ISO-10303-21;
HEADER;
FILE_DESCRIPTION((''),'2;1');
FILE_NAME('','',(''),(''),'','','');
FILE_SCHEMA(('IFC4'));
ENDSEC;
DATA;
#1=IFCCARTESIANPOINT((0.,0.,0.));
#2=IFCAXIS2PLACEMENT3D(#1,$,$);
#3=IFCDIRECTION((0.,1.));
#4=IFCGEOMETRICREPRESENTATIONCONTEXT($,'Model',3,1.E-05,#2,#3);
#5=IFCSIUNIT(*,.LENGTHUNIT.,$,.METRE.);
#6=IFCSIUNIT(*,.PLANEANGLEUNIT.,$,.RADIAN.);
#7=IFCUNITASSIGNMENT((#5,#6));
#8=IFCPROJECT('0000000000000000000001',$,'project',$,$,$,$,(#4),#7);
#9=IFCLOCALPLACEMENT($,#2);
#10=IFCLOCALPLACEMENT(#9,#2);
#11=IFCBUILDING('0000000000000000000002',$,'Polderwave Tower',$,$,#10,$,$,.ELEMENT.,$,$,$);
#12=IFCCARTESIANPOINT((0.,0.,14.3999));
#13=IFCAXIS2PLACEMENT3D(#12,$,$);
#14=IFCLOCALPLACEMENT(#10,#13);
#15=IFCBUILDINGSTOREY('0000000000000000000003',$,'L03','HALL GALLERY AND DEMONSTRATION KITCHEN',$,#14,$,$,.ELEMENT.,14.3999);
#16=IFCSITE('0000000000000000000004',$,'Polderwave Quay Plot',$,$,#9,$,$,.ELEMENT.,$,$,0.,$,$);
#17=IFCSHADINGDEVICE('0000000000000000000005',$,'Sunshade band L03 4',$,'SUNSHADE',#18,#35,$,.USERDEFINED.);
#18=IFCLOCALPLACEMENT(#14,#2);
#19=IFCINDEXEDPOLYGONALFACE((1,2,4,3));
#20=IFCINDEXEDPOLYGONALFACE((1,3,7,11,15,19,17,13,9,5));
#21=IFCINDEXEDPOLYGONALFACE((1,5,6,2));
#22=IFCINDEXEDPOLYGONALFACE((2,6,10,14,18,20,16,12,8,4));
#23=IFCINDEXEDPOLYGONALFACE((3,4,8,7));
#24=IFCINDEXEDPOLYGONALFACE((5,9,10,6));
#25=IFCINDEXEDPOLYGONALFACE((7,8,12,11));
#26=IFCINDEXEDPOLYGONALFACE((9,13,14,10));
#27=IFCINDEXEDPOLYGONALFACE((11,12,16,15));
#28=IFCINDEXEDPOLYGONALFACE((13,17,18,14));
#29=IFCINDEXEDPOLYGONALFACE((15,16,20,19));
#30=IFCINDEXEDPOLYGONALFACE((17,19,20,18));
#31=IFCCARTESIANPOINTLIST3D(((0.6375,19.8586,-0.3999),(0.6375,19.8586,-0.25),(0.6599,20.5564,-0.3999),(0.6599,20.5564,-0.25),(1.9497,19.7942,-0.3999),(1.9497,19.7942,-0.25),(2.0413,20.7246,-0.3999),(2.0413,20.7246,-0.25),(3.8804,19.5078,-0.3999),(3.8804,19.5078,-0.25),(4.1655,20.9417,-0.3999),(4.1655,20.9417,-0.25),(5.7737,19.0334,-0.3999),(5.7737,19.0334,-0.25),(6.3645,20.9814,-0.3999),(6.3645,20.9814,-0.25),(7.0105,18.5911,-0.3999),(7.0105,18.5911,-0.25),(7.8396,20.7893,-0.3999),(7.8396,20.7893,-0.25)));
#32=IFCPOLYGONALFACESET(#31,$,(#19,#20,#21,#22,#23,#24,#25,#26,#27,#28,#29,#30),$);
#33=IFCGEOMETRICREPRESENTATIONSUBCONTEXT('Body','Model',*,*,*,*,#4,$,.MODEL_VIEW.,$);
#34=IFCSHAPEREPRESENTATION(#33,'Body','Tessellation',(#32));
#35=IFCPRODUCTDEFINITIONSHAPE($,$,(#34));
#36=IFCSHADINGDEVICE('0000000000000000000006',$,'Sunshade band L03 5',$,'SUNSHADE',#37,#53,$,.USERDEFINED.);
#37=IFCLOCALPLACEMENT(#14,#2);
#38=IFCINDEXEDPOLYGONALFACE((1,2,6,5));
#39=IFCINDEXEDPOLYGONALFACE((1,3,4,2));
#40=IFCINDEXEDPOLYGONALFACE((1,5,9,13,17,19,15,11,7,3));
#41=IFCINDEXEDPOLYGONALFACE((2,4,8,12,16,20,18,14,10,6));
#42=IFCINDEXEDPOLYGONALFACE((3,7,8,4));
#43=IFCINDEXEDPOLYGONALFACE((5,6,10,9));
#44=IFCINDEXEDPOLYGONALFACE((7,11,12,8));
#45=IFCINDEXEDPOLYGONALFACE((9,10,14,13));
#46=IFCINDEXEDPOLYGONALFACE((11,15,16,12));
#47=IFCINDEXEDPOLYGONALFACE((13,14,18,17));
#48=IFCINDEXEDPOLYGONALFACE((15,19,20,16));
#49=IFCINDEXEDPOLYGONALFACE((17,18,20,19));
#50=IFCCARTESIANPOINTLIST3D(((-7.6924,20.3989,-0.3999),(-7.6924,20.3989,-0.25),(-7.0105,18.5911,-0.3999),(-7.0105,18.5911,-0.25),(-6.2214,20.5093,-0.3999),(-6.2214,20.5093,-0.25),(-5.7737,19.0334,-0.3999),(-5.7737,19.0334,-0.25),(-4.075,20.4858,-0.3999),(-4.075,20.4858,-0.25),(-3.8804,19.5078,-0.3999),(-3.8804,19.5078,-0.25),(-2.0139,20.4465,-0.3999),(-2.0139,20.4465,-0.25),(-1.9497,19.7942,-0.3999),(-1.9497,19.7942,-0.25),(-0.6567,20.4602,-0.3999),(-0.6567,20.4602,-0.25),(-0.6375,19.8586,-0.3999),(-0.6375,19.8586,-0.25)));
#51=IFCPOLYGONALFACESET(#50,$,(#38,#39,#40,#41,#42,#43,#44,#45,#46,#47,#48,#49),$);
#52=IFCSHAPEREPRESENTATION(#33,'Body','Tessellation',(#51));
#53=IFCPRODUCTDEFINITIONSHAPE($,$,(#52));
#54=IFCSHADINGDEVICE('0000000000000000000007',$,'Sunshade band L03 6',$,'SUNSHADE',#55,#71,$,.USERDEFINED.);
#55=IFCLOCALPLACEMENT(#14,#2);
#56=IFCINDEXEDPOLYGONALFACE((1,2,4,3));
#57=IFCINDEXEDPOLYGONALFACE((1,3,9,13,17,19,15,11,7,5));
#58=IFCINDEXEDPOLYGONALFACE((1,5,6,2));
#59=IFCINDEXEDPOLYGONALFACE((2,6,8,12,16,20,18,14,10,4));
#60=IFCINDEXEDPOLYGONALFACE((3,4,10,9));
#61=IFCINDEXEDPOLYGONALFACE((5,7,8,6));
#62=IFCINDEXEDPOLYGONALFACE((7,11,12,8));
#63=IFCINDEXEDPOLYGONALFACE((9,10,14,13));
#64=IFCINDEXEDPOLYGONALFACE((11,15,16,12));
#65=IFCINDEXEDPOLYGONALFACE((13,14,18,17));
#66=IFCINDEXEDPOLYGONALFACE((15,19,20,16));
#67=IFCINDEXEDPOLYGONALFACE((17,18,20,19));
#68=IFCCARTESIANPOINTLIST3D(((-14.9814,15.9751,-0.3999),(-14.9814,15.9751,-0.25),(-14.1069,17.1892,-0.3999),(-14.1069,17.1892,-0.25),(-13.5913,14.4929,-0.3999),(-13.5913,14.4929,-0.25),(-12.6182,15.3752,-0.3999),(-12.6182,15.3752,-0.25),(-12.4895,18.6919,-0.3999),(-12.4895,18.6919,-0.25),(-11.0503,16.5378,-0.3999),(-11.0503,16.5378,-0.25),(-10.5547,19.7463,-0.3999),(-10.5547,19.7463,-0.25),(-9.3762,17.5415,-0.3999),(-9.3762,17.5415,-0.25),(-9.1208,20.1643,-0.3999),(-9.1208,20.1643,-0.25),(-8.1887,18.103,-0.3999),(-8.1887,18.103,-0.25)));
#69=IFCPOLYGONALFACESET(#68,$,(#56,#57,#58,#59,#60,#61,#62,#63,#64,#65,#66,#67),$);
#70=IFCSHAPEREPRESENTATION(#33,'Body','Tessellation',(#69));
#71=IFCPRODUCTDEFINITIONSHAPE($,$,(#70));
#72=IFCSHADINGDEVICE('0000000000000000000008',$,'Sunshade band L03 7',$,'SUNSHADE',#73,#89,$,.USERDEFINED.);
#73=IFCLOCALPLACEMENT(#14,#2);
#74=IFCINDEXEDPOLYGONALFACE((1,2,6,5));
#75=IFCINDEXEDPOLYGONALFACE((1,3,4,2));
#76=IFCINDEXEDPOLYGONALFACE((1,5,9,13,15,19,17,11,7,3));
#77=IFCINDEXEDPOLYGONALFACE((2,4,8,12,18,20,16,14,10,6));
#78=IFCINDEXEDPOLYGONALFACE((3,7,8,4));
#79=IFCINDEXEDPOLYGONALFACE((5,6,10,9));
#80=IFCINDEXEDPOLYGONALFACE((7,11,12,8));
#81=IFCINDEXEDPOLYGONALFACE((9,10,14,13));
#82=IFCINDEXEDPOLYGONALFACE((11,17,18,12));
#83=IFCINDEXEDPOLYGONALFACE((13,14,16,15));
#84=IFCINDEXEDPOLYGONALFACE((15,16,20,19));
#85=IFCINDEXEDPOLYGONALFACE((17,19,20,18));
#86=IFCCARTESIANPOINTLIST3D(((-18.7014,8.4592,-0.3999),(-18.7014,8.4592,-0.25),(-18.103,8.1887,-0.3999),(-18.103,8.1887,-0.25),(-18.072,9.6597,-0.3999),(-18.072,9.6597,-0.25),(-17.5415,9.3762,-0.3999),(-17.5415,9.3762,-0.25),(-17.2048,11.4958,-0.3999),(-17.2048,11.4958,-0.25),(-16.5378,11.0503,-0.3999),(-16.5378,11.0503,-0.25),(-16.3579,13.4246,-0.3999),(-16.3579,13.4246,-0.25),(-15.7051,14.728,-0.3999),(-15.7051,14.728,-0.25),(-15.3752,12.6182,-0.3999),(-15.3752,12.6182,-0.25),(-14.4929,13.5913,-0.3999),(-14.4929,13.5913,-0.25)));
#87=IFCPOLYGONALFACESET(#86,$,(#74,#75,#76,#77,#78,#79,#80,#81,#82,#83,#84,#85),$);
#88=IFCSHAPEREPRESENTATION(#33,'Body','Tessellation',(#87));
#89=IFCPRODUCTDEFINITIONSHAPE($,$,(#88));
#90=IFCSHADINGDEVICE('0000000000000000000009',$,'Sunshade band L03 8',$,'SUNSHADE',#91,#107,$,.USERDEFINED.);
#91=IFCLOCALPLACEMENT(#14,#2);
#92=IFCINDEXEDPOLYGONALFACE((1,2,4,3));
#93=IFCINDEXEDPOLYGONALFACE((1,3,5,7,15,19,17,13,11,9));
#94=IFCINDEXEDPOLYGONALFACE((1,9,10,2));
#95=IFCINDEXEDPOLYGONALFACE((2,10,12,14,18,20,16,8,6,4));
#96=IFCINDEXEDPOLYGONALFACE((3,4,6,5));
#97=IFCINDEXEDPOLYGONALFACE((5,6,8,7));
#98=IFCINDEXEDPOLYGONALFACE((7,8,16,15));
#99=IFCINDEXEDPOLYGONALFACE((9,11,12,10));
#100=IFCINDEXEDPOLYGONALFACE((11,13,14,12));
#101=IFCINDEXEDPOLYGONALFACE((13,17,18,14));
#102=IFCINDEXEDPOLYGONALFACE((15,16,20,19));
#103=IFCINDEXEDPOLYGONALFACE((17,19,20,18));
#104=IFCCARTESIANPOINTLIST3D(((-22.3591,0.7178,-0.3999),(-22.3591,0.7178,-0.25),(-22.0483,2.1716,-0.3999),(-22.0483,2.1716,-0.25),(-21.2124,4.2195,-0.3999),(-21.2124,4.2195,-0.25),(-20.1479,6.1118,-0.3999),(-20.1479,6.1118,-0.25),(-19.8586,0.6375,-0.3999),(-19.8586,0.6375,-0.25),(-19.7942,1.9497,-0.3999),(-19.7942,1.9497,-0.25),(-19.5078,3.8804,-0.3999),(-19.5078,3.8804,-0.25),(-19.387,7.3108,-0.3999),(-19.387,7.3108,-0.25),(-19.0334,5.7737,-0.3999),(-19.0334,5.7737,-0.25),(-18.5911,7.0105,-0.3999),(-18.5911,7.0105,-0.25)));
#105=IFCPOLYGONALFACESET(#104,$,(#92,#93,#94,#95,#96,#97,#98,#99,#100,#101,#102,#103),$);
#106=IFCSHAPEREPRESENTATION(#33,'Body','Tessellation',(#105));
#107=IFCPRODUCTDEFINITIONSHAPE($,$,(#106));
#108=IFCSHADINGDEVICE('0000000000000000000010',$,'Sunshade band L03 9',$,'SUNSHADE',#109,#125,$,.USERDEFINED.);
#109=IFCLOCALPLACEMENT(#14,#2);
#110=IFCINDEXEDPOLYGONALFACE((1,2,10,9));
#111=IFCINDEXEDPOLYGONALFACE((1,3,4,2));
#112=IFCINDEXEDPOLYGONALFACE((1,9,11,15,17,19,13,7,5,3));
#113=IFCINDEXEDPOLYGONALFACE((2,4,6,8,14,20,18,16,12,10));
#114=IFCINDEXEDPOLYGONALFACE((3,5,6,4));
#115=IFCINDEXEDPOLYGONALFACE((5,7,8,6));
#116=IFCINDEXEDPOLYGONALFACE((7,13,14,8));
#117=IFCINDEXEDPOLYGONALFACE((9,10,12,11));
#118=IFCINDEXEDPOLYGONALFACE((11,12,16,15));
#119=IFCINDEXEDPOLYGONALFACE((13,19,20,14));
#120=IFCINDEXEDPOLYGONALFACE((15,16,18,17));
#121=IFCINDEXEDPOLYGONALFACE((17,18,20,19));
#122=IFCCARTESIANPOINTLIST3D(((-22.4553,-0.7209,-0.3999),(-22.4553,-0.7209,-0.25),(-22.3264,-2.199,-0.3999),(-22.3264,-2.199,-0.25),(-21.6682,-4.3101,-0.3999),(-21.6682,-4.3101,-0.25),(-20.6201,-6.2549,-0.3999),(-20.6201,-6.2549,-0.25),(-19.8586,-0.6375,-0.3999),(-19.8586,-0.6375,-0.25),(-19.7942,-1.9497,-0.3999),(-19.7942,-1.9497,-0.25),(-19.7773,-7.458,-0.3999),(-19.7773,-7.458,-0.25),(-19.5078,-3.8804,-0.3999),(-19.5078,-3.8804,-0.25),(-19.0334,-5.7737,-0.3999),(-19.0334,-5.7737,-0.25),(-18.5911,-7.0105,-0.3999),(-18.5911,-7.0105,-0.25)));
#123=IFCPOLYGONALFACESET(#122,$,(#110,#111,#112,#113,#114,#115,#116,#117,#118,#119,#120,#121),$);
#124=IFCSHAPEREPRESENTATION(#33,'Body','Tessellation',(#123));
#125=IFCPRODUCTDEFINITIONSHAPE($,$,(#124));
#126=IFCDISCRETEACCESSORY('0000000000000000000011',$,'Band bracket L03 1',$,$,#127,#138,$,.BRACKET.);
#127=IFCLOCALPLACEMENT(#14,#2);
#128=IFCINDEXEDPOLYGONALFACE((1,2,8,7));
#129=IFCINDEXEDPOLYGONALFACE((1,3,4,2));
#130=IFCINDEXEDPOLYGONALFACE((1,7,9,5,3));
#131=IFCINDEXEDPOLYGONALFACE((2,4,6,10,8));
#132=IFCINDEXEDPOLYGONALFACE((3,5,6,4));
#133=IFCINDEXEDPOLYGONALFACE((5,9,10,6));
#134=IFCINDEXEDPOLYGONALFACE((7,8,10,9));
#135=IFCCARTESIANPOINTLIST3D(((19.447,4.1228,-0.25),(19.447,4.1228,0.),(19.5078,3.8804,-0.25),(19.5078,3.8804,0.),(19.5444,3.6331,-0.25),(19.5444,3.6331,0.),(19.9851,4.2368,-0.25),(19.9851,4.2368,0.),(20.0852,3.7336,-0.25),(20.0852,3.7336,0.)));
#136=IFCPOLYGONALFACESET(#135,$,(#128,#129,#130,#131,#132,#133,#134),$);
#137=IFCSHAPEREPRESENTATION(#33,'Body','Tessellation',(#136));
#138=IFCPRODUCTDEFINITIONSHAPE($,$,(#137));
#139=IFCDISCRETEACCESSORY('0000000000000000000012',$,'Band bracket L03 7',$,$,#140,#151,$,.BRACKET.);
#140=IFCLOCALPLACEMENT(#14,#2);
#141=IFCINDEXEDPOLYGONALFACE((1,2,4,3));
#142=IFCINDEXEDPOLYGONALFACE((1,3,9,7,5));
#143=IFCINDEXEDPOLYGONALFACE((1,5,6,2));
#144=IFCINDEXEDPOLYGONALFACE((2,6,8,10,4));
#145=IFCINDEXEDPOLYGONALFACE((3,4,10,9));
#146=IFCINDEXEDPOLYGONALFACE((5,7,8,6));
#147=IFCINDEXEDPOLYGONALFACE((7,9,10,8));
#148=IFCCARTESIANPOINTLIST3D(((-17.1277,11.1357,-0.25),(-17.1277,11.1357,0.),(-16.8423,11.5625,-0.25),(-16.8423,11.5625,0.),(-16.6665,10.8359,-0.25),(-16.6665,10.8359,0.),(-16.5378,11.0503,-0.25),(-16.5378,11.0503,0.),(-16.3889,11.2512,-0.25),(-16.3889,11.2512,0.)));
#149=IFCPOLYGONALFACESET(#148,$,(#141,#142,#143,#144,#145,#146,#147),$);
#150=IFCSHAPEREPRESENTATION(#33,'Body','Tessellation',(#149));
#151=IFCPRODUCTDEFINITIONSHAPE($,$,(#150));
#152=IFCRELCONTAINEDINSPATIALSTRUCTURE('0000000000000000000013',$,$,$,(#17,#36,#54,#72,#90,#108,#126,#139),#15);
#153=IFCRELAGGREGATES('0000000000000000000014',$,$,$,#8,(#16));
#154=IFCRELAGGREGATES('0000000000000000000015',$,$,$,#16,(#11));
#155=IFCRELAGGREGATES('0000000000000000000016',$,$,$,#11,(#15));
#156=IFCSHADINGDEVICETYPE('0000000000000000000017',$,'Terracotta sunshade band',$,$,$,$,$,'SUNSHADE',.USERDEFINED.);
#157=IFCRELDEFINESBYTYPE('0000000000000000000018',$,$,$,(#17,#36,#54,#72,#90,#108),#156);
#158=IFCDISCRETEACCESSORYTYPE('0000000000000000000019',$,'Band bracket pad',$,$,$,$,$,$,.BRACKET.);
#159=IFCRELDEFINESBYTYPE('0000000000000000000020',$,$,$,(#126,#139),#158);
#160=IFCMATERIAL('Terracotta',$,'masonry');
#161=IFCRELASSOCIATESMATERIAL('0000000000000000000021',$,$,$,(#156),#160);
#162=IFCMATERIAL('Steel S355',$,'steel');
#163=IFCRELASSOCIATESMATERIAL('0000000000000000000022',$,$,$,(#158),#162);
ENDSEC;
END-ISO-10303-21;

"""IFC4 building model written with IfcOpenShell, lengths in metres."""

from ifc_helpers import new_model, si_unit, direction, frame, origin, place, context, subcontext, project, spatial, polyline, outline, extrude, material, type_object, element, save


model = new_model("IFC4")

# Units and contexts
model_context = context("Model", 3, precision=1e-05, world=origin(), true_north=direction((0.0, 1.0)))
body_context = subcontext(model_context, "Body", "Model", "MODEL_VIEW")
ifc_project = project(units=[si_unit("LENGTHUNIT", "METRE"), si_unit("PLANEANGLEUNIT", "RADIAN")], contexts=[model_context])

# Site, building, storey
site_placement = place(None, origin())
site = spatial("IfcSite", under=ifc_project, at=site_placement, Name="Polderwave Quay Plot", CompositionType="ELEMENT", RefElevation=0.0)
building_placement = place(site_placement, origin())
building = spatial("IfcBuilding", under=site, at=building_placement, Name="Polderwave Tower", CompositionType="ELEMENT")
storey_placement = place(building_placement, frame((0.0, 0.0, 14.3999)))
storey = spatial("IfcBuildingStorey", under=building, at=storey_placement, Name="L03", Description="HALL GALLERY AND DEMONSTRATION KITCHEN", CompositionType="ELEMENT", Elevation=14.3999)

# Shading devices
ifc_material_1 = material(Name="Terracotta", Category="masonry")
shading_device_type = type_object("IfcShadingDeviceType", Name="Terracotta sunshade band", ElementType="SUNSHADE", PredefinedType="USERDEFINED", material=ifc_material_1)
shading_device_1_placement = place(storey_placement, frame((0.0, 0.0, -0.3999)))
element("IfcShadingDevice", 1, at=shading_device_1_placement, inside=storey, type_object=shading_device_type, Name="Sunshade band L03 4", ObjectType="SUNSHADE", PredefinedType="USERDEFINED", context=body_context, shape_type="SweptSolid", body=[
    extrude(outline(polyline([(7.0105, 18.5911), (5.7737, 19.0334), (3.8804, 19.5078), (1.9497, 19.7942), (0.6375, 19.8586), (0.6599, 20.5564), (2.0413, 20.7246), (4.1655, 20.9417), (6.3645, 20.9814), (7.8396, 20.7893), (7.0105, 18.5911)])), origin(), (0.0, 0.0, 1.0), 0.1499),
])
shading_device_2_placement = place(storey_placement, frame((0.0, 0.0, -0.3999)))
element("IfcShadingDevice", 2, at=shading_device_2_placement, inside=storey, type_object=shading_device_type, Name="Sunshade band L03 5", ObjectType="SUNSHADE", PredefinedType="USERDEFINED", context=body_context, shape_type="SweptSolid", body=[
    extrude(outline(polyline([(-0.6375, 19.8586), (-1.9497, 19.7942), (-3.8804, 19.5078), (-5.7737, 19.0334), (-7.0105, 18.5911), (-7.6924, 20.3989), (-6.2214, 20.5093), (-4.075, 20.4858), (-2.0139, 20.4465), (-0.6567, 20.4602), (-0.6375, 19.8586)])), origin(), (0.0, 0.0, 1.0), 0.1499),
])
shading_device_3_placement = place(storey_placement, frame((0.0, 0.0, -0.3999)))
element("IfcShadingDevice", 3, at=shading_device_3_placement, inside=storey, type_object=shading_device_type, Name="Sunshade band L03 6", ObjectType="SUNSHADE", PredefinedType="USERDEFINED", context=body_context, shape_type="SweptSolid", body=[
    extrude(outline(polyline([(-8.1887, 18.103), (-9.3762, 17.5415), (-11.0503, 16.5378), (-12.6182, 15.3752), (-13.5913, 14.4929), (-14.9814, 15.9751), (-14.1069, 17.1892), (-12.4895, 18.6919), (-10.5547, 19.7463), (-9.1208, 20.1643), (-8.1887, 18.103)])), origin(), (0.0, 0.0, 1.0), 0.1499),
])
shading_device_4_placement = place(storey_placement, frame((0.0, 0.0, -0.3999)))
element("IfcShadingDevice", 4, at=shading_device_4_placement, inside=storey, type_object=shading_device_type, Name="Sunshade band L03 7", ObjectType="SUNSHADE", PredefinedType="USERDEFINED", context=body_context, shape_type="SweptSolid", body=[
    extrude(outline(polyline([(-14.4929, 13.5913), (-15.3752, 12.6182), (-16.5378, 11.0503), (-17.5415, 9.3762), (-18.103, 8.1887), (-18.7014, 8.4592), (-18.072, 9.6597), (-17.2048, 11.4958), (-16.3579, 13.4246), (-15.7051, 14.728), (-14.4929, 13.5913)])), origin(), (0.0, 0.0, 1.0), 0.1499),
])
shading_device_5_placement = place(storey_placement, frame((0.0, 0.0, -0.3999)))
element("IfcShadingDevice", 5, at=shading_device_5_placement, inside=storey, type_object=shading_device_type, Name="Sunshade band L03 8", ObjectType="SUNSHADE", PredefinedType="USERDEFINED", context=body_context, shape_type="SweptSolid", body=[
    extrude(outline(polyline([(-18.5911, 7.0105), (-19.0334, 5.7737), (-19.5078, 3.8804), (-19.7942, 1.9497), (-19.8586, 0.6375), (-22.3591, 0.7178), (-22.0483, 2.1716), (-21.2124, 4.2195), (-20.1479, 6.1118), (-19.387, 7.3108), (-18.5911, 7.0105)])), origin(), (0.0, 0.0, 1.0), 0.1499),
])
shading_device_6_placement = place(storey_placement, frame((0.0, 0.0, -0.3999)))
element("IfcShadingDevice", 6, at=shading_device_6_placement, inside=storey, type_object=shading_device_type, Name="Sunshade band L03 9", ObjectType="SUNSHADE", PredefinedType="USERDEFINED", context=body_context, shape_type="SweptSolid", body=[
    extrude(outline(polyline([(-19.8586, -0.6375), (-19.7942, -1.9497), (-19.5078, -3.8804), (-19.0334, -5.7737), (-18.5911, -7.0105), (-19.7773, -7.458), (-20.6201, -6.2549), (-21.6682, -4.3101), (-22.3264, -2.199), (-22.4553, -0.7209), (-19.8586, -0.6375)])), origin(), (0.0, 0.0, 1.0), 0.1499),
])

# Discrete accessories
ifc_material_2 = material(Name="Steel S355", Category="steel")
discrete_accessory_type = type_object("IfcDiscreteAccessoryType", Name="Band bracket pad", PredefinedType="BRACKET", material=ifc_material_2)
discrete_accessory_1_placement = place(storey_placement, frame((0.0, 0.0, -0.25)))
element("IfcDiscreteAccessory", 7, at=discrete_accessory_1_placement, inside=storey, type_object=discrete_accessory_type, Name="Band bracket L03 1", PredefinedType="BRACKET", context=body_context, shape_type="SweptSolid", body=[
    extrude(outline(polyline([(19.5444, 3.6331), (19.5078, 3.8804), (19.447, 4.1228), (19.9851, 4.2368), (20.0852, 3.7336), (19.5444, 3.6331)])), origin(), (0.0, 0.0, 1.0), 0.25),
])
discrete_accessory_2_placement = place(storey_placement, frame((0.0, 0.0, -0.25)))
element("IfcDiscreteAccessory", 8, at=discrete_accessory_2_placement, inside=storey, type_object=discrete_accessory_type, Name="Band bracket L03 7", PredefinedType="BRACKET", context=body_context, shape_type="SweptSolid", body=[
    extrude(outline(polyline([(-16.3889, 11.2512), (-16.5378, 11.0503), (-16.6665, 10.8359), (-17.1277, 11.1357), (-16.8423, 11.5625), (-16.3889, 11.2512)])), origin(), (0.0, 0.0, 1.0), 0.25),
])

save(model, "model.ifc")
